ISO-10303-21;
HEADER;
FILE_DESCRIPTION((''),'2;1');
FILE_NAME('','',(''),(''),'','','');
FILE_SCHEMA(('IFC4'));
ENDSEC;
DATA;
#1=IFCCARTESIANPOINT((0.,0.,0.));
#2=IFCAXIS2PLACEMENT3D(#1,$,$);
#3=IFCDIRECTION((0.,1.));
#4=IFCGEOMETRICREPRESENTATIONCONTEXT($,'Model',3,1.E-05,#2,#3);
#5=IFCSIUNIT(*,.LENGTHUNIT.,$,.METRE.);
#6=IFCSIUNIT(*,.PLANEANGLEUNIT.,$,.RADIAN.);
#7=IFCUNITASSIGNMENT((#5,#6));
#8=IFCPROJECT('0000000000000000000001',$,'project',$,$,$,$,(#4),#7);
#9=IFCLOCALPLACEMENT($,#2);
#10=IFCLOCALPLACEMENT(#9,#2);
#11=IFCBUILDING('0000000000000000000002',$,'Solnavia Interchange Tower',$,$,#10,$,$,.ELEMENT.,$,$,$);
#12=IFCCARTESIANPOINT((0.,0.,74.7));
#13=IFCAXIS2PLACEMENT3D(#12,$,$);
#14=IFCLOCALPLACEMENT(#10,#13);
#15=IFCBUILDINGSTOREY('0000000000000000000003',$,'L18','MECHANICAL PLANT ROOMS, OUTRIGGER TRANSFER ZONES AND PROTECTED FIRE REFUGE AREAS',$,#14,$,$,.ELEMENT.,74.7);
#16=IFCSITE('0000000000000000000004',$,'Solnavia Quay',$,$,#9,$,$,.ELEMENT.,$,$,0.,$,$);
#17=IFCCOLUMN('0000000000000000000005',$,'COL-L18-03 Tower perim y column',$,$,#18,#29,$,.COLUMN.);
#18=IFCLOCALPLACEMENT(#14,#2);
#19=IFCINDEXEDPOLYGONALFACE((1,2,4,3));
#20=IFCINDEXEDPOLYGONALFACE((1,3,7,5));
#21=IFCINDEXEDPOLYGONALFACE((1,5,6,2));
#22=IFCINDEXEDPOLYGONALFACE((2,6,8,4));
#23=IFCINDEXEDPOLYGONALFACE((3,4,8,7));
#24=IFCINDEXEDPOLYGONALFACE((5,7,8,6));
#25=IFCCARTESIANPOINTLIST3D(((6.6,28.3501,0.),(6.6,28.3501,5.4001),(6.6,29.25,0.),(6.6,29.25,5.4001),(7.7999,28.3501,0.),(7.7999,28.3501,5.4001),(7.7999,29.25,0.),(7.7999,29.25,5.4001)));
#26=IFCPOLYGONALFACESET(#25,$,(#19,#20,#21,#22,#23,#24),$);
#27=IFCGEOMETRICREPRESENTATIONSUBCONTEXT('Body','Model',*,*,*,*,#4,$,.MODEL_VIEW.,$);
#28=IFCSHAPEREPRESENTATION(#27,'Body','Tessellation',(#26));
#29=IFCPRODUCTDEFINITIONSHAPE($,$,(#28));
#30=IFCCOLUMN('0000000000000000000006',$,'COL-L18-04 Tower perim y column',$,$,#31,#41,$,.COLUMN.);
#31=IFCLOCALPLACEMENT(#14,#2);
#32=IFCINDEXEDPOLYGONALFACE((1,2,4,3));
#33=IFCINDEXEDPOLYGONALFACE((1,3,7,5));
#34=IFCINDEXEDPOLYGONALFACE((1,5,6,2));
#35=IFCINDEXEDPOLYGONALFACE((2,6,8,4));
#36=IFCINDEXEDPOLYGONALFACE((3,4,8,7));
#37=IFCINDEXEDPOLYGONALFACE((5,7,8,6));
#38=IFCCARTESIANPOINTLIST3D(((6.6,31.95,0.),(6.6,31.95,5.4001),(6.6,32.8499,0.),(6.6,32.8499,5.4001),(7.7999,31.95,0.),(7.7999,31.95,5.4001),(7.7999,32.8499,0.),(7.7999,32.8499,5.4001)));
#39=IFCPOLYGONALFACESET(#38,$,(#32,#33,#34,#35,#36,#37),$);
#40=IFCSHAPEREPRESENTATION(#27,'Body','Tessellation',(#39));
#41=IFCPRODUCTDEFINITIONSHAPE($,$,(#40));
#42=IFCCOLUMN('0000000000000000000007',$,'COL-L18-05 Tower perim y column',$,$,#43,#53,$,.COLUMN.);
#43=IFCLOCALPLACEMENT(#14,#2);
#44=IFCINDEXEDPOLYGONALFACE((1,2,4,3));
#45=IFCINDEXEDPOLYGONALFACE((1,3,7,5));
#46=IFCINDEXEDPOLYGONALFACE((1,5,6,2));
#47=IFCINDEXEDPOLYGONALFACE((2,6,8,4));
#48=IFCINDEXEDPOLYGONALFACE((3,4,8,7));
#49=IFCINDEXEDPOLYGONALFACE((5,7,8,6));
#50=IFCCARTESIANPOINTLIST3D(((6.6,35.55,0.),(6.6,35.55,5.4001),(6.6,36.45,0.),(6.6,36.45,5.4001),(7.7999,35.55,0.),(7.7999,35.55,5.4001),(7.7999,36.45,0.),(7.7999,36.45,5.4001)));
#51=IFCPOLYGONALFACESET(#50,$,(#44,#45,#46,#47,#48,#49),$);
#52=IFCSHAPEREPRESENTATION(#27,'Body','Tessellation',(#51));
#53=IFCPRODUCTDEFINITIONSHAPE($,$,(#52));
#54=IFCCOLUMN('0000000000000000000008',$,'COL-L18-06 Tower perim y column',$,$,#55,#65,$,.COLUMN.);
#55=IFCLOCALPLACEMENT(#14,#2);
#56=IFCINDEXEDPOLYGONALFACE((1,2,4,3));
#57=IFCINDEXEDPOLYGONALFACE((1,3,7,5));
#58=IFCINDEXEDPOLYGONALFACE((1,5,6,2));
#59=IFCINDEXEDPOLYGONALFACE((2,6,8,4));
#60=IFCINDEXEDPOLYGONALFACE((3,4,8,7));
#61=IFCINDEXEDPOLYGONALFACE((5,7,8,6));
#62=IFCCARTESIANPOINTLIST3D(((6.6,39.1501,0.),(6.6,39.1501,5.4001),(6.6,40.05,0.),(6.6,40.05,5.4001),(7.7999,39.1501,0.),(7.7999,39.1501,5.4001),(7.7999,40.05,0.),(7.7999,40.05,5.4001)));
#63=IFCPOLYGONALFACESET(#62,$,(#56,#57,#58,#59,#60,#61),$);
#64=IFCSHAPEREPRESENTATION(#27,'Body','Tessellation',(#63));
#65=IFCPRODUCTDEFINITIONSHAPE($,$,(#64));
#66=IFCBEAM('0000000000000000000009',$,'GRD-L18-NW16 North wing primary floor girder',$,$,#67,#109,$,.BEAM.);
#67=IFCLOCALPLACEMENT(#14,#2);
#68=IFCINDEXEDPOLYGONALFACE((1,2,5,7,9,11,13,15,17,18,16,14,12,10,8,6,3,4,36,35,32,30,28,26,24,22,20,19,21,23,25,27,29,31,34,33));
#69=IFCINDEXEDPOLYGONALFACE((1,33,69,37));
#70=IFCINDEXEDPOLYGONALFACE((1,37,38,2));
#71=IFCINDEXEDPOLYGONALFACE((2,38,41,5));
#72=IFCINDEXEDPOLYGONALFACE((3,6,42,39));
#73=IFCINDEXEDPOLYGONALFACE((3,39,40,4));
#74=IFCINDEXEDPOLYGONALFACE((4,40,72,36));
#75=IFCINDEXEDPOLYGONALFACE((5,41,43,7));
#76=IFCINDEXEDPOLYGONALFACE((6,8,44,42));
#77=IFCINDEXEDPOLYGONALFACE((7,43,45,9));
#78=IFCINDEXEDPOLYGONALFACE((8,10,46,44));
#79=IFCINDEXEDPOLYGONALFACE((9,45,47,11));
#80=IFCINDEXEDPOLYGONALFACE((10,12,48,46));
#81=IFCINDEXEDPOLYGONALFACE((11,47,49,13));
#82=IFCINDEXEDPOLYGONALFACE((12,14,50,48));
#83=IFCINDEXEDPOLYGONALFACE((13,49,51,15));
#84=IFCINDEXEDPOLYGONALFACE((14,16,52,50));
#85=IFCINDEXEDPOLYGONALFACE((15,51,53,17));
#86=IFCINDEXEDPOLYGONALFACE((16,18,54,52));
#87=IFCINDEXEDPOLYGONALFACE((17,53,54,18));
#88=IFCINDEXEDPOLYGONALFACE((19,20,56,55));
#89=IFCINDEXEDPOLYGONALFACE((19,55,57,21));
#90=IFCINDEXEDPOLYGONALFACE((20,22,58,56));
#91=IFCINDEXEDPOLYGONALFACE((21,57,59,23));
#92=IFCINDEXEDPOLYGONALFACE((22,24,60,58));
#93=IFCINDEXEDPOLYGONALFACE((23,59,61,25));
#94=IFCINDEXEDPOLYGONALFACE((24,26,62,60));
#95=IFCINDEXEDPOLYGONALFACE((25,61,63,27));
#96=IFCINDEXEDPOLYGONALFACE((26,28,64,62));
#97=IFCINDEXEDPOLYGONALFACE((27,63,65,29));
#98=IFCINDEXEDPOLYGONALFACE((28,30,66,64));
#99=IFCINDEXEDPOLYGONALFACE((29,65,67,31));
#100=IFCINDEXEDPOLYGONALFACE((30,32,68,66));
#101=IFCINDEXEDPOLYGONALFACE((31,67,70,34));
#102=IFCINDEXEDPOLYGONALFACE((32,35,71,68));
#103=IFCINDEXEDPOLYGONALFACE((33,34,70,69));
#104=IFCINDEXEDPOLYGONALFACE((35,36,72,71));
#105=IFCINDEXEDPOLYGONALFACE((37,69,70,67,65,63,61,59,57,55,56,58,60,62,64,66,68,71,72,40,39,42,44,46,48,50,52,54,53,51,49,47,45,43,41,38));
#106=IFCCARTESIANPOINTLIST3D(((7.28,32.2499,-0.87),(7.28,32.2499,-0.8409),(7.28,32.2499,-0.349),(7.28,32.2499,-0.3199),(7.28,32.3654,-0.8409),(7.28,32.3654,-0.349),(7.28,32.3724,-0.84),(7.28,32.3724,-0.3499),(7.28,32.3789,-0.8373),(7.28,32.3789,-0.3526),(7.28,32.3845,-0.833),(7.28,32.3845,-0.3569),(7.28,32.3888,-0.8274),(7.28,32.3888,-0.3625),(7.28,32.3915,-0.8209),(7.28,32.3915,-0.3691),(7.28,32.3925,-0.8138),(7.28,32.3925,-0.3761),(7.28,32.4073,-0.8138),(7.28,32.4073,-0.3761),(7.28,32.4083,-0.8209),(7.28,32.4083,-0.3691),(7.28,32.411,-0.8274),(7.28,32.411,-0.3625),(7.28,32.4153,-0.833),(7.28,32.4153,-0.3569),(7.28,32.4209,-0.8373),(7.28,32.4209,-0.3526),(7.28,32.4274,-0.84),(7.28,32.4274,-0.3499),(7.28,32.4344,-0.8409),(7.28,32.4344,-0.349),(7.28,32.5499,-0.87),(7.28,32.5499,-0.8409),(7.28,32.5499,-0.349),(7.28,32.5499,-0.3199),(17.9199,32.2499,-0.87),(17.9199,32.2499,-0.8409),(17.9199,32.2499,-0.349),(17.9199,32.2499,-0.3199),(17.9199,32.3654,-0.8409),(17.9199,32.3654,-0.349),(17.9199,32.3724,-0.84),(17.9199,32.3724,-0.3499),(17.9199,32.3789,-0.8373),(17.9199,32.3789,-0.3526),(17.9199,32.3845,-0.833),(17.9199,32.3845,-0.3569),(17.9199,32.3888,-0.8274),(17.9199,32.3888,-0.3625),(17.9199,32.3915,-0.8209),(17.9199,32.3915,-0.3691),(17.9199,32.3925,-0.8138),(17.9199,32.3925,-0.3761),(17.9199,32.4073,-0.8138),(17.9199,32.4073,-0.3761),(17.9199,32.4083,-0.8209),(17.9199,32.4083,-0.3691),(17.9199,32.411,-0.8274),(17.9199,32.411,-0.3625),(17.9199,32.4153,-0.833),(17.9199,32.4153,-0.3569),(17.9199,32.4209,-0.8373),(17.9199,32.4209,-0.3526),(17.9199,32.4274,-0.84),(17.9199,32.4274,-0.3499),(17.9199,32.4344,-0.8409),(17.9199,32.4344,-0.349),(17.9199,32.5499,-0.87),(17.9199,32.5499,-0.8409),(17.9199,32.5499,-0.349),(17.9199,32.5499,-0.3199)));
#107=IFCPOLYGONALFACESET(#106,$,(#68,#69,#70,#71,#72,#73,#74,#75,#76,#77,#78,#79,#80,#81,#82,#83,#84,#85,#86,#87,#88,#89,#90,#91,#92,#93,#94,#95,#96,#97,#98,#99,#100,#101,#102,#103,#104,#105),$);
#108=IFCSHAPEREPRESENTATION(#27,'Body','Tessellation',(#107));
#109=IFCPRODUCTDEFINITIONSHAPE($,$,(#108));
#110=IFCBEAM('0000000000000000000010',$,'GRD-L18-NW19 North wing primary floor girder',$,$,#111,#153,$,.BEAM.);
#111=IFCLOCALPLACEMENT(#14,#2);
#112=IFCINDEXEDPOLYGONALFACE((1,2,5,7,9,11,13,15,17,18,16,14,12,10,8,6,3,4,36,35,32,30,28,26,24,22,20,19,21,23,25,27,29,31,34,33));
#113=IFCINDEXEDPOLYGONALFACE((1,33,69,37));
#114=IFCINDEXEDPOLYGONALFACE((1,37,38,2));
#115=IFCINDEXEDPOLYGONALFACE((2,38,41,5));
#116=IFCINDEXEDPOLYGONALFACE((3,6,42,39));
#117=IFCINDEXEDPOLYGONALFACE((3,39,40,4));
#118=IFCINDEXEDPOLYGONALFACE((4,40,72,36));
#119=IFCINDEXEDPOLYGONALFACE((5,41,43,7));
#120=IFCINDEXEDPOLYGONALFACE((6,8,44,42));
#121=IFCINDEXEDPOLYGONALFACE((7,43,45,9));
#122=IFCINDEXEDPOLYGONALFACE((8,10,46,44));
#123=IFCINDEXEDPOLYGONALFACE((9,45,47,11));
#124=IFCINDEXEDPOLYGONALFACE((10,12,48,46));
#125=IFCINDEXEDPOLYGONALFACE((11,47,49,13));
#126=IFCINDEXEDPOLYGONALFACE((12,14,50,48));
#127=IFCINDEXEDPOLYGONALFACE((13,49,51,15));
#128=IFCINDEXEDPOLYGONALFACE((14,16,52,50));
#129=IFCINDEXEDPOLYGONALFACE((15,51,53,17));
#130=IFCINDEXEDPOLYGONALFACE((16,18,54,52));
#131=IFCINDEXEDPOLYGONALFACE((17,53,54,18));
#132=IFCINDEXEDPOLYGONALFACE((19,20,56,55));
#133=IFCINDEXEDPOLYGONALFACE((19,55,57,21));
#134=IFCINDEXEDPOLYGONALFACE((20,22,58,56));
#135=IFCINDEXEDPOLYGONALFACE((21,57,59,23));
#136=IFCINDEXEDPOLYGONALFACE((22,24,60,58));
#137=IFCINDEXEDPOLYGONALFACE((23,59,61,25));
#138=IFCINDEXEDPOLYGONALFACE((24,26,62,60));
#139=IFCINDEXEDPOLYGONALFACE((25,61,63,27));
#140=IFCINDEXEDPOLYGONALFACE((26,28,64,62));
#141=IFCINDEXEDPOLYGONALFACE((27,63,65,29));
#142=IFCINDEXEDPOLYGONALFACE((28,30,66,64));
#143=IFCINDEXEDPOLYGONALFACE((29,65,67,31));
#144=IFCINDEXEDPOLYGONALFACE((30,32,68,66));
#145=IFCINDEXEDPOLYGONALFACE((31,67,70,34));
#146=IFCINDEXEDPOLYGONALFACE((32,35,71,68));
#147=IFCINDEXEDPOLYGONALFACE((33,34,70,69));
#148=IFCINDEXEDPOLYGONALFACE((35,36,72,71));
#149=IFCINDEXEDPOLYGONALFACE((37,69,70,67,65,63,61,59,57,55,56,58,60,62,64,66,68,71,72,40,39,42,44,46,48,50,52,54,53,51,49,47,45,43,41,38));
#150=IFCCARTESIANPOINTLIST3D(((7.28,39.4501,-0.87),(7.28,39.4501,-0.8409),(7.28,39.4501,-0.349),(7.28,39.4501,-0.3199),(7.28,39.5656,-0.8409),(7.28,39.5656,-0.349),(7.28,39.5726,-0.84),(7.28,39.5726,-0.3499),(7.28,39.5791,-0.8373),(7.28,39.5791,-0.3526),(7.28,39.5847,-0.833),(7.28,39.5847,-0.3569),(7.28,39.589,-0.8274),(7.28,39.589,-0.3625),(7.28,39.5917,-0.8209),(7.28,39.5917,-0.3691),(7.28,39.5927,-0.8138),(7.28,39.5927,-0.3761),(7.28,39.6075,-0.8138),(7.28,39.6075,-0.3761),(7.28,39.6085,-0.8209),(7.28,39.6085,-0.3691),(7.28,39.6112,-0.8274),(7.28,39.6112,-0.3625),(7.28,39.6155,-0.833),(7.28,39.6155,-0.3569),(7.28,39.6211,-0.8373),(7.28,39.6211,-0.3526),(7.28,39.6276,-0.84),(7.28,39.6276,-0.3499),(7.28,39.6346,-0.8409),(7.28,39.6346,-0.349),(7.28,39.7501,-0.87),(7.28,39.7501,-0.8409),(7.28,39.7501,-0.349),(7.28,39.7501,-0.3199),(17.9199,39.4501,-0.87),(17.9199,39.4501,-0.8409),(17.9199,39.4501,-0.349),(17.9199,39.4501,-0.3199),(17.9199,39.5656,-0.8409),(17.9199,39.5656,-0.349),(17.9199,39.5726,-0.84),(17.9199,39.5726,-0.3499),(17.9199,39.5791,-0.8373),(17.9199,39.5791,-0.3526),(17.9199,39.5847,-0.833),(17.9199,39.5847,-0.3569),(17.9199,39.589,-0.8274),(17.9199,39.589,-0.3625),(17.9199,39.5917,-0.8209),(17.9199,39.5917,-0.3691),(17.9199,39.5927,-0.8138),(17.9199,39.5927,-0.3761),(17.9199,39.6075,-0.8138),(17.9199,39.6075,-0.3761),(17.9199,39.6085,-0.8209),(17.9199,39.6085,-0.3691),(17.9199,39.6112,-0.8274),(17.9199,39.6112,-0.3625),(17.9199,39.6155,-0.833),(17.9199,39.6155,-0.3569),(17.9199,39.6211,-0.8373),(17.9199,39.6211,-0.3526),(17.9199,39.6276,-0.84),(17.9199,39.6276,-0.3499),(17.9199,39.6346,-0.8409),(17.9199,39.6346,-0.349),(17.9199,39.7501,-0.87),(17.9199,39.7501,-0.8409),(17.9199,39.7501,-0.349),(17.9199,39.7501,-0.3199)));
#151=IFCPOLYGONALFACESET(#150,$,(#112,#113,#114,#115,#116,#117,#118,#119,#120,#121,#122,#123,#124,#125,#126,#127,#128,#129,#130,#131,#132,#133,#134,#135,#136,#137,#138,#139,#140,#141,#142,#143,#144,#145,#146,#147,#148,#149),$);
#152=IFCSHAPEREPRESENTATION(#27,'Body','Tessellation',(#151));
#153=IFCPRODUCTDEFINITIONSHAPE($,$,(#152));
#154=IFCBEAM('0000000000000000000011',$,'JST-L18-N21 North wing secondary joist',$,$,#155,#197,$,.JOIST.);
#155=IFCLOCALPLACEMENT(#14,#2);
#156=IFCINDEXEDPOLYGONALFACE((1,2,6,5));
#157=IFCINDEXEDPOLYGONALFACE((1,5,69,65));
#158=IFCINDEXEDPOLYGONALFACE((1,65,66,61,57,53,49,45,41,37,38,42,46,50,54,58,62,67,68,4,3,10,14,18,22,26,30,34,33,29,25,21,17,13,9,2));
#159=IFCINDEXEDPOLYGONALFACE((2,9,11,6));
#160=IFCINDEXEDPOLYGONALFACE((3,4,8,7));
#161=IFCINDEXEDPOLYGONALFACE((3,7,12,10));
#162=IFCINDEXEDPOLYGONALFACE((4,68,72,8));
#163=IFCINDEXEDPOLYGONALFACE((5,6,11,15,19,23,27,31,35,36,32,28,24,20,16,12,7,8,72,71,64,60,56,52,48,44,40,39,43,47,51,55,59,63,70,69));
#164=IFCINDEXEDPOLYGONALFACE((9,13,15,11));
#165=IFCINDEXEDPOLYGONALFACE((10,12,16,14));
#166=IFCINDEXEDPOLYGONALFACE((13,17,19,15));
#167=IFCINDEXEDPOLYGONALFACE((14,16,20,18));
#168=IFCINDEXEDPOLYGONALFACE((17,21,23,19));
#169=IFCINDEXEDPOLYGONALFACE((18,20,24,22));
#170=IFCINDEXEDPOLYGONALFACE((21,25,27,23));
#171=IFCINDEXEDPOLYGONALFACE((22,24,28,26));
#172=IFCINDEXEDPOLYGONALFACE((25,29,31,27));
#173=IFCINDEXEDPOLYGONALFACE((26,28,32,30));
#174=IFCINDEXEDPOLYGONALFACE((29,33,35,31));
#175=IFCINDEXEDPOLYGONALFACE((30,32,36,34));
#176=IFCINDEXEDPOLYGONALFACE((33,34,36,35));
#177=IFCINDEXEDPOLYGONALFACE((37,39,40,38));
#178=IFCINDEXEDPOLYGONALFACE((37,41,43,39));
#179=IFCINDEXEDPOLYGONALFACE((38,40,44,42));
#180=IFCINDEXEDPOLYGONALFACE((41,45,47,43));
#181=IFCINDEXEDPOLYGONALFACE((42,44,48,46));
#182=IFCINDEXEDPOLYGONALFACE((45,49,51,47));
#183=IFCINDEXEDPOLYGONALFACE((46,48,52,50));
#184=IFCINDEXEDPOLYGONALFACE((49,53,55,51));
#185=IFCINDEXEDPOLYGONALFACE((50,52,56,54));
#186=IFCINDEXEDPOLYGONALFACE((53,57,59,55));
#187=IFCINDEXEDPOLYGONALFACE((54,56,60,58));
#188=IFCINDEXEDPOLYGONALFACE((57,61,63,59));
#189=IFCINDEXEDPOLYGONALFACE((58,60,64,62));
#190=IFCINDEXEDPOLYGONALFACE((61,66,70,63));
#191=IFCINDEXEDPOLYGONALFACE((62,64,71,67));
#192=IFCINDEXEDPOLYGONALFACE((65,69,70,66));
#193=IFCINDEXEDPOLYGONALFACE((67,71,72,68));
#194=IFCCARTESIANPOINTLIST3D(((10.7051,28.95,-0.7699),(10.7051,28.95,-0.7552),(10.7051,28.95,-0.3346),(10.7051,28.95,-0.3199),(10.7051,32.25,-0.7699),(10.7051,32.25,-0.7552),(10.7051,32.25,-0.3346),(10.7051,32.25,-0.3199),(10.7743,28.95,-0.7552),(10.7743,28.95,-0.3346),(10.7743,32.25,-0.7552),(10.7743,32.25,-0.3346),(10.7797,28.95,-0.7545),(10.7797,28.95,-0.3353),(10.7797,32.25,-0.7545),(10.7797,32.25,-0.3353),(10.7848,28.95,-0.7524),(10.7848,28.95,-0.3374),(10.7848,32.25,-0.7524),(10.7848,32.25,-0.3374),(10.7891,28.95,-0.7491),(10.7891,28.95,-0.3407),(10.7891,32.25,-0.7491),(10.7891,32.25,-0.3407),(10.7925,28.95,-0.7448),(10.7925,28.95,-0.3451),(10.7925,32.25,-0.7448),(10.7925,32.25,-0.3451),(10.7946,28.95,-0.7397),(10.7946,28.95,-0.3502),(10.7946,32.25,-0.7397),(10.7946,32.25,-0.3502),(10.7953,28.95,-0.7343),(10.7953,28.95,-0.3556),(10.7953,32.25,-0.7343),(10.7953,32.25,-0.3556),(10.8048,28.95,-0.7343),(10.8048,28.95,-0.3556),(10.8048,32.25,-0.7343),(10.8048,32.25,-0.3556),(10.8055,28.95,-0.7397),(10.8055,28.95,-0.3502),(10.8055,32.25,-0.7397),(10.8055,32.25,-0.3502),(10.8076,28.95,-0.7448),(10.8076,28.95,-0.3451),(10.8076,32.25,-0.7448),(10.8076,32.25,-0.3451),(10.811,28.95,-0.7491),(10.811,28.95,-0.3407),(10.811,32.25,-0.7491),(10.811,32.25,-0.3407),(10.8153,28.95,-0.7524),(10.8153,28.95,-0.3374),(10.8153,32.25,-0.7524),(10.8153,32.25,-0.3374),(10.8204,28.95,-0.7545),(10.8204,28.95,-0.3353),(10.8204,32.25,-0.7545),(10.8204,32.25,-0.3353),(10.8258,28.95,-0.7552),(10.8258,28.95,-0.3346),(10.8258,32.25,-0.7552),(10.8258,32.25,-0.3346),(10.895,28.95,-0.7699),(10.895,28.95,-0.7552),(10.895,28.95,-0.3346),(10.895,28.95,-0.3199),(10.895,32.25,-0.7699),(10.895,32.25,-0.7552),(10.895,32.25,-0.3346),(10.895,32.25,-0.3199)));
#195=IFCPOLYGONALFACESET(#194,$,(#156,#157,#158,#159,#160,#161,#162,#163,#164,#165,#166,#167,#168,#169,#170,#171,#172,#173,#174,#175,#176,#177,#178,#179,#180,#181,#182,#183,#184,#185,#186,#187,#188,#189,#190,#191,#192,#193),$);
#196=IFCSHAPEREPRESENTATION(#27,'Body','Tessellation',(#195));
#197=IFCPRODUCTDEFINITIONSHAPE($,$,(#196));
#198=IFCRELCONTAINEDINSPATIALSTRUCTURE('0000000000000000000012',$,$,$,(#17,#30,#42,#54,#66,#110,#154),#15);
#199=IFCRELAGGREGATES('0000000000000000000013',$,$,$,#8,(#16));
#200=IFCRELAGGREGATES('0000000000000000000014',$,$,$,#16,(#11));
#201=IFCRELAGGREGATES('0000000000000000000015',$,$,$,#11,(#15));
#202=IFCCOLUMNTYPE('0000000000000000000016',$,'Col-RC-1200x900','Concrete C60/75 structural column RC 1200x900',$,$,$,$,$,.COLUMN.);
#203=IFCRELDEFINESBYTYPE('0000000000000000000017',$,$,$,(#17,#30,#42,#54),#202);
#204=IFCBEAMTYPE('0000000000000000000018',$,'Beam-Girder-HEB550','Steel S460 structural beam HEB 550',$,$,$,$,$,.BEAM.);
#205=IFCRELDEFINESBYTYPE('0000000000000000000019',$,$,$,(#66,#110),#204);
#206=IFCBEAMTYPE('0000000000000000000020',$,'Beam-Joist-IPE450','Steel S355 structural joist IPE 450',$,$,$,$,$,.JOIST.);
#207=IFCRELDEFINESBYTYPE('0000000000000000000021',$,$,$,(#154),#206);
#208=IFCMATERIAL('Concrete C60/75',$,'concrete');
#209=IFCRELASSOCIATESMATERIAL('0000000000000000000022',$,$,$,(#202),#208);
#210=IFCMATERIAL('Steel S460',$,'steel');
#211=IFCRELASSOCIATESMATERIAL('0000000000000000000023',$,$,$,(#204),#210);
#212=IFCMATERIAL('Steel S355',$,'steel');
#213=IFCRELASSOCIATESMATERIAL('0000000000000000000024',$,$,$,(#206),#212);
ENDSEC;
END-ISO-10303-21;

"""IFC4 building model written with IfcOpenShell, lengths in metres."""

from ifc_helpers import new_model, si_unit, direction, frame, origin, origin_2d, place, context, subcontext, project, spatial, rectangle, i_section, extrude, material, material_profile, profile_set, type_object, element, save


model = new_model("IFC4")

# Units and contexts
model_context = context("Model", 3, precision=1e-05, world=origin(), true_north=direction((0.0, 1.0)))
body_context = subcontext(model_context, "Body", "Model", "MODEL_VIEW")
ifc_project = project(units=[si_unit("LENGTHUNIT", "METRE"), si_unit("PLANEANGLEUNIT", "RADIAN")], contexts=[model_context])

# Site, building, storey
site_placement = place(None, origin())
site = spatial("IfcSite", under=ifc_project, at=site_placement, Name="Solnavia Quay", CompositionType="ELEMENT", RefElevation=0.0)
building_placement = place(site_placement, origin())
building = spatial("IfcBuilding", under=site, at=building_placement, Name="Solnavia Interchange Tower", CompositionType="ELEMENT")
storey_placement = place(building_placement, frame((0.0, 0.0, 74.7)))
storey = spatial("IfcBuildingStorey", under=building, at=storey_placement, Name="L18", Description="MECHANICAL PLANT ROOMS, OUTRIGGER TRANSFER ZONES AND PROTECTED FIRE REFUGE AREAS", CompositionType="ELEMENT", Elevation=74.7)

# Columns
ifc_material_1 = material(Name="Concrete C60/75", Category="concrete")
ifc_material_profile_1 = material_profile(ifc_material_1, rectangle(XDim=0.8999, YDim=1.2, at=origin_2d()), Name="RC 1200x900")
ifc_profile_set_1 = profile_set([ifc_material_profile_1], Name="Concrete C60/75")
column_type = type_object("IfcColumnType", Name="Col-RC-1200x900", Description="Concrete C60/75 structural column RC 1200x900", PredefinedType="COLUMN", material=ifc_profile_set_1)
for number, where, z_axis, x_axis, name in (
    (1, (7.2, 28.8, 0.0), (0.0, 0.0, 1.0), (0.0, 1.0, 0.0), "COL-L18-03 Tower perim y column"),
    (2, (7.2, 32.3999, 0.0), (0.0, 0.0, 1.0), (0.0, 1.0, 0.0), "COL-L18-04 Tower perim y column"),
    (3, (7.2, 36.0, 0.0), (0.0, 0.0, 1.0), (0.0, 1.0, 0.0), "COL-L18-05 Tower perim y column"),
    (4, (7.2, 39.6001, 0.0), (0.0, 0.0, 1.0), (0.0, 1.0, 0.0), "COL-L18-06 Tower perim y column"),
):
    element("IfcColumn", number, at=place(storey_placement, frame(where, z_axis=z_axis, x_axis=x_axis)), inside=storey, type_object=column_type, Name=name, PredefinedType="COLUMN", context=body_context, shape_type="SweptSolid", body=[
        extrude(rectangle(XDim=0.8999, YDim=1.2, at=origin_2d()), origin(), (0.0, 0.0, 1.0), 5.4001),
    ])

# Beams
ifc_material_2 = material(Name="Steel S460", Category="steel")
ifc_material_profile_2 = material_profile(ifc_material_2, i_section(OverallWidth=0.3, OverallDepth=0.55, WebThickness=0.0149, FlangeThickness=0.0291, FilletRadius=0.0271, at=origin_2d()), Name="HEB 550")
ifc_profile_set_2 = profile_set([ifc_material_profile_2], Name="Steel S460")
beam_type_1 = type_object("IfcBeamType", Name="Beam-Girder-HEB550", Description="Steel S460 structural beam HEB 550", PredefinedType="BEAM", material=ifc_profile_set_2)
for number, where, z_axis, x_axis, name in (
    (5, (7.28, 32.3999, -0.595), (1.0, 0.0, 0.0), (0.0, 1.0, 0.0), "GRD-L18-NW16 North wing primary floor girder"),
    (6, (7.28, 39.6001, -0.595), (1.0, 0.0, 0.0), (0.0, 1.0, 0.0), "GRD-L18-NW19 North wing primary floor girder"),
):
    element("IfcBeam", number, at=place(storey_placement, frame(where, z_axis=z_axis, x_axis=x_axis)), inside=storey, type_object=beam_type_1, Name=name, PredefinedType="BEAM", context=body_context, shape_type="SweptSolid", body=[
        extrude(i_section(OverallWidth=0.3, OverallDepth=0.55, WebThickness=0.0149, FlangeThickness=0.0291, FilletRadius=0.0271, at=origin_2d()), origin(), (0.0, 0.0, 1.0), 10.6399),
    ])
ifc_material_3 = material(Name="Steel S355", Category="steel")
ifc_material_profile_3 = material_profile(ifc_material_3, i_section(OverallWidth=0.1899, OverallDepth=0.45, WebThickness=0.0095, FlangeThickness=0.0146, FilletRadius=0.021, at=origin_2d()), Name="IPE 450")
ifc_profile_set_3 = profile_set([ifc_material_profile_3], Name="Steel S355")
beam_type_2 = type_object("IfcBeamType", Name="Beam-Joist-IPE450", Description="Steel S355 structural joist IPE 450", PredefinedType="JOIST", material=ifc_profile_set_3)
beam_1_placement = place(storey_placement, frame((10.8, 28.95, -0.5449), z_axis=(0.0, 1.0, 0.0), x_axis=(-1.0, 0.0, 0.0)))
element("IfcBeam", 7, at=beam_1_placement, inside=storey, type_object=beam_type_2, Name="JST-L18-N21 North wing secondary joist", PredefinedType="JOIST", context=body_context, shape_type="SweptSolid", body=[
    extrude(i_section(OverallWidth=0.1899, OverallDepth=0.45, WebThickness=0.0095, FlangeThickness=0.0146, FilletRadius=0.021, at=origin_2d()), origin(), (0.0, 0.0, 1.0), 3.3),
])

save(model, "model.ifc")
